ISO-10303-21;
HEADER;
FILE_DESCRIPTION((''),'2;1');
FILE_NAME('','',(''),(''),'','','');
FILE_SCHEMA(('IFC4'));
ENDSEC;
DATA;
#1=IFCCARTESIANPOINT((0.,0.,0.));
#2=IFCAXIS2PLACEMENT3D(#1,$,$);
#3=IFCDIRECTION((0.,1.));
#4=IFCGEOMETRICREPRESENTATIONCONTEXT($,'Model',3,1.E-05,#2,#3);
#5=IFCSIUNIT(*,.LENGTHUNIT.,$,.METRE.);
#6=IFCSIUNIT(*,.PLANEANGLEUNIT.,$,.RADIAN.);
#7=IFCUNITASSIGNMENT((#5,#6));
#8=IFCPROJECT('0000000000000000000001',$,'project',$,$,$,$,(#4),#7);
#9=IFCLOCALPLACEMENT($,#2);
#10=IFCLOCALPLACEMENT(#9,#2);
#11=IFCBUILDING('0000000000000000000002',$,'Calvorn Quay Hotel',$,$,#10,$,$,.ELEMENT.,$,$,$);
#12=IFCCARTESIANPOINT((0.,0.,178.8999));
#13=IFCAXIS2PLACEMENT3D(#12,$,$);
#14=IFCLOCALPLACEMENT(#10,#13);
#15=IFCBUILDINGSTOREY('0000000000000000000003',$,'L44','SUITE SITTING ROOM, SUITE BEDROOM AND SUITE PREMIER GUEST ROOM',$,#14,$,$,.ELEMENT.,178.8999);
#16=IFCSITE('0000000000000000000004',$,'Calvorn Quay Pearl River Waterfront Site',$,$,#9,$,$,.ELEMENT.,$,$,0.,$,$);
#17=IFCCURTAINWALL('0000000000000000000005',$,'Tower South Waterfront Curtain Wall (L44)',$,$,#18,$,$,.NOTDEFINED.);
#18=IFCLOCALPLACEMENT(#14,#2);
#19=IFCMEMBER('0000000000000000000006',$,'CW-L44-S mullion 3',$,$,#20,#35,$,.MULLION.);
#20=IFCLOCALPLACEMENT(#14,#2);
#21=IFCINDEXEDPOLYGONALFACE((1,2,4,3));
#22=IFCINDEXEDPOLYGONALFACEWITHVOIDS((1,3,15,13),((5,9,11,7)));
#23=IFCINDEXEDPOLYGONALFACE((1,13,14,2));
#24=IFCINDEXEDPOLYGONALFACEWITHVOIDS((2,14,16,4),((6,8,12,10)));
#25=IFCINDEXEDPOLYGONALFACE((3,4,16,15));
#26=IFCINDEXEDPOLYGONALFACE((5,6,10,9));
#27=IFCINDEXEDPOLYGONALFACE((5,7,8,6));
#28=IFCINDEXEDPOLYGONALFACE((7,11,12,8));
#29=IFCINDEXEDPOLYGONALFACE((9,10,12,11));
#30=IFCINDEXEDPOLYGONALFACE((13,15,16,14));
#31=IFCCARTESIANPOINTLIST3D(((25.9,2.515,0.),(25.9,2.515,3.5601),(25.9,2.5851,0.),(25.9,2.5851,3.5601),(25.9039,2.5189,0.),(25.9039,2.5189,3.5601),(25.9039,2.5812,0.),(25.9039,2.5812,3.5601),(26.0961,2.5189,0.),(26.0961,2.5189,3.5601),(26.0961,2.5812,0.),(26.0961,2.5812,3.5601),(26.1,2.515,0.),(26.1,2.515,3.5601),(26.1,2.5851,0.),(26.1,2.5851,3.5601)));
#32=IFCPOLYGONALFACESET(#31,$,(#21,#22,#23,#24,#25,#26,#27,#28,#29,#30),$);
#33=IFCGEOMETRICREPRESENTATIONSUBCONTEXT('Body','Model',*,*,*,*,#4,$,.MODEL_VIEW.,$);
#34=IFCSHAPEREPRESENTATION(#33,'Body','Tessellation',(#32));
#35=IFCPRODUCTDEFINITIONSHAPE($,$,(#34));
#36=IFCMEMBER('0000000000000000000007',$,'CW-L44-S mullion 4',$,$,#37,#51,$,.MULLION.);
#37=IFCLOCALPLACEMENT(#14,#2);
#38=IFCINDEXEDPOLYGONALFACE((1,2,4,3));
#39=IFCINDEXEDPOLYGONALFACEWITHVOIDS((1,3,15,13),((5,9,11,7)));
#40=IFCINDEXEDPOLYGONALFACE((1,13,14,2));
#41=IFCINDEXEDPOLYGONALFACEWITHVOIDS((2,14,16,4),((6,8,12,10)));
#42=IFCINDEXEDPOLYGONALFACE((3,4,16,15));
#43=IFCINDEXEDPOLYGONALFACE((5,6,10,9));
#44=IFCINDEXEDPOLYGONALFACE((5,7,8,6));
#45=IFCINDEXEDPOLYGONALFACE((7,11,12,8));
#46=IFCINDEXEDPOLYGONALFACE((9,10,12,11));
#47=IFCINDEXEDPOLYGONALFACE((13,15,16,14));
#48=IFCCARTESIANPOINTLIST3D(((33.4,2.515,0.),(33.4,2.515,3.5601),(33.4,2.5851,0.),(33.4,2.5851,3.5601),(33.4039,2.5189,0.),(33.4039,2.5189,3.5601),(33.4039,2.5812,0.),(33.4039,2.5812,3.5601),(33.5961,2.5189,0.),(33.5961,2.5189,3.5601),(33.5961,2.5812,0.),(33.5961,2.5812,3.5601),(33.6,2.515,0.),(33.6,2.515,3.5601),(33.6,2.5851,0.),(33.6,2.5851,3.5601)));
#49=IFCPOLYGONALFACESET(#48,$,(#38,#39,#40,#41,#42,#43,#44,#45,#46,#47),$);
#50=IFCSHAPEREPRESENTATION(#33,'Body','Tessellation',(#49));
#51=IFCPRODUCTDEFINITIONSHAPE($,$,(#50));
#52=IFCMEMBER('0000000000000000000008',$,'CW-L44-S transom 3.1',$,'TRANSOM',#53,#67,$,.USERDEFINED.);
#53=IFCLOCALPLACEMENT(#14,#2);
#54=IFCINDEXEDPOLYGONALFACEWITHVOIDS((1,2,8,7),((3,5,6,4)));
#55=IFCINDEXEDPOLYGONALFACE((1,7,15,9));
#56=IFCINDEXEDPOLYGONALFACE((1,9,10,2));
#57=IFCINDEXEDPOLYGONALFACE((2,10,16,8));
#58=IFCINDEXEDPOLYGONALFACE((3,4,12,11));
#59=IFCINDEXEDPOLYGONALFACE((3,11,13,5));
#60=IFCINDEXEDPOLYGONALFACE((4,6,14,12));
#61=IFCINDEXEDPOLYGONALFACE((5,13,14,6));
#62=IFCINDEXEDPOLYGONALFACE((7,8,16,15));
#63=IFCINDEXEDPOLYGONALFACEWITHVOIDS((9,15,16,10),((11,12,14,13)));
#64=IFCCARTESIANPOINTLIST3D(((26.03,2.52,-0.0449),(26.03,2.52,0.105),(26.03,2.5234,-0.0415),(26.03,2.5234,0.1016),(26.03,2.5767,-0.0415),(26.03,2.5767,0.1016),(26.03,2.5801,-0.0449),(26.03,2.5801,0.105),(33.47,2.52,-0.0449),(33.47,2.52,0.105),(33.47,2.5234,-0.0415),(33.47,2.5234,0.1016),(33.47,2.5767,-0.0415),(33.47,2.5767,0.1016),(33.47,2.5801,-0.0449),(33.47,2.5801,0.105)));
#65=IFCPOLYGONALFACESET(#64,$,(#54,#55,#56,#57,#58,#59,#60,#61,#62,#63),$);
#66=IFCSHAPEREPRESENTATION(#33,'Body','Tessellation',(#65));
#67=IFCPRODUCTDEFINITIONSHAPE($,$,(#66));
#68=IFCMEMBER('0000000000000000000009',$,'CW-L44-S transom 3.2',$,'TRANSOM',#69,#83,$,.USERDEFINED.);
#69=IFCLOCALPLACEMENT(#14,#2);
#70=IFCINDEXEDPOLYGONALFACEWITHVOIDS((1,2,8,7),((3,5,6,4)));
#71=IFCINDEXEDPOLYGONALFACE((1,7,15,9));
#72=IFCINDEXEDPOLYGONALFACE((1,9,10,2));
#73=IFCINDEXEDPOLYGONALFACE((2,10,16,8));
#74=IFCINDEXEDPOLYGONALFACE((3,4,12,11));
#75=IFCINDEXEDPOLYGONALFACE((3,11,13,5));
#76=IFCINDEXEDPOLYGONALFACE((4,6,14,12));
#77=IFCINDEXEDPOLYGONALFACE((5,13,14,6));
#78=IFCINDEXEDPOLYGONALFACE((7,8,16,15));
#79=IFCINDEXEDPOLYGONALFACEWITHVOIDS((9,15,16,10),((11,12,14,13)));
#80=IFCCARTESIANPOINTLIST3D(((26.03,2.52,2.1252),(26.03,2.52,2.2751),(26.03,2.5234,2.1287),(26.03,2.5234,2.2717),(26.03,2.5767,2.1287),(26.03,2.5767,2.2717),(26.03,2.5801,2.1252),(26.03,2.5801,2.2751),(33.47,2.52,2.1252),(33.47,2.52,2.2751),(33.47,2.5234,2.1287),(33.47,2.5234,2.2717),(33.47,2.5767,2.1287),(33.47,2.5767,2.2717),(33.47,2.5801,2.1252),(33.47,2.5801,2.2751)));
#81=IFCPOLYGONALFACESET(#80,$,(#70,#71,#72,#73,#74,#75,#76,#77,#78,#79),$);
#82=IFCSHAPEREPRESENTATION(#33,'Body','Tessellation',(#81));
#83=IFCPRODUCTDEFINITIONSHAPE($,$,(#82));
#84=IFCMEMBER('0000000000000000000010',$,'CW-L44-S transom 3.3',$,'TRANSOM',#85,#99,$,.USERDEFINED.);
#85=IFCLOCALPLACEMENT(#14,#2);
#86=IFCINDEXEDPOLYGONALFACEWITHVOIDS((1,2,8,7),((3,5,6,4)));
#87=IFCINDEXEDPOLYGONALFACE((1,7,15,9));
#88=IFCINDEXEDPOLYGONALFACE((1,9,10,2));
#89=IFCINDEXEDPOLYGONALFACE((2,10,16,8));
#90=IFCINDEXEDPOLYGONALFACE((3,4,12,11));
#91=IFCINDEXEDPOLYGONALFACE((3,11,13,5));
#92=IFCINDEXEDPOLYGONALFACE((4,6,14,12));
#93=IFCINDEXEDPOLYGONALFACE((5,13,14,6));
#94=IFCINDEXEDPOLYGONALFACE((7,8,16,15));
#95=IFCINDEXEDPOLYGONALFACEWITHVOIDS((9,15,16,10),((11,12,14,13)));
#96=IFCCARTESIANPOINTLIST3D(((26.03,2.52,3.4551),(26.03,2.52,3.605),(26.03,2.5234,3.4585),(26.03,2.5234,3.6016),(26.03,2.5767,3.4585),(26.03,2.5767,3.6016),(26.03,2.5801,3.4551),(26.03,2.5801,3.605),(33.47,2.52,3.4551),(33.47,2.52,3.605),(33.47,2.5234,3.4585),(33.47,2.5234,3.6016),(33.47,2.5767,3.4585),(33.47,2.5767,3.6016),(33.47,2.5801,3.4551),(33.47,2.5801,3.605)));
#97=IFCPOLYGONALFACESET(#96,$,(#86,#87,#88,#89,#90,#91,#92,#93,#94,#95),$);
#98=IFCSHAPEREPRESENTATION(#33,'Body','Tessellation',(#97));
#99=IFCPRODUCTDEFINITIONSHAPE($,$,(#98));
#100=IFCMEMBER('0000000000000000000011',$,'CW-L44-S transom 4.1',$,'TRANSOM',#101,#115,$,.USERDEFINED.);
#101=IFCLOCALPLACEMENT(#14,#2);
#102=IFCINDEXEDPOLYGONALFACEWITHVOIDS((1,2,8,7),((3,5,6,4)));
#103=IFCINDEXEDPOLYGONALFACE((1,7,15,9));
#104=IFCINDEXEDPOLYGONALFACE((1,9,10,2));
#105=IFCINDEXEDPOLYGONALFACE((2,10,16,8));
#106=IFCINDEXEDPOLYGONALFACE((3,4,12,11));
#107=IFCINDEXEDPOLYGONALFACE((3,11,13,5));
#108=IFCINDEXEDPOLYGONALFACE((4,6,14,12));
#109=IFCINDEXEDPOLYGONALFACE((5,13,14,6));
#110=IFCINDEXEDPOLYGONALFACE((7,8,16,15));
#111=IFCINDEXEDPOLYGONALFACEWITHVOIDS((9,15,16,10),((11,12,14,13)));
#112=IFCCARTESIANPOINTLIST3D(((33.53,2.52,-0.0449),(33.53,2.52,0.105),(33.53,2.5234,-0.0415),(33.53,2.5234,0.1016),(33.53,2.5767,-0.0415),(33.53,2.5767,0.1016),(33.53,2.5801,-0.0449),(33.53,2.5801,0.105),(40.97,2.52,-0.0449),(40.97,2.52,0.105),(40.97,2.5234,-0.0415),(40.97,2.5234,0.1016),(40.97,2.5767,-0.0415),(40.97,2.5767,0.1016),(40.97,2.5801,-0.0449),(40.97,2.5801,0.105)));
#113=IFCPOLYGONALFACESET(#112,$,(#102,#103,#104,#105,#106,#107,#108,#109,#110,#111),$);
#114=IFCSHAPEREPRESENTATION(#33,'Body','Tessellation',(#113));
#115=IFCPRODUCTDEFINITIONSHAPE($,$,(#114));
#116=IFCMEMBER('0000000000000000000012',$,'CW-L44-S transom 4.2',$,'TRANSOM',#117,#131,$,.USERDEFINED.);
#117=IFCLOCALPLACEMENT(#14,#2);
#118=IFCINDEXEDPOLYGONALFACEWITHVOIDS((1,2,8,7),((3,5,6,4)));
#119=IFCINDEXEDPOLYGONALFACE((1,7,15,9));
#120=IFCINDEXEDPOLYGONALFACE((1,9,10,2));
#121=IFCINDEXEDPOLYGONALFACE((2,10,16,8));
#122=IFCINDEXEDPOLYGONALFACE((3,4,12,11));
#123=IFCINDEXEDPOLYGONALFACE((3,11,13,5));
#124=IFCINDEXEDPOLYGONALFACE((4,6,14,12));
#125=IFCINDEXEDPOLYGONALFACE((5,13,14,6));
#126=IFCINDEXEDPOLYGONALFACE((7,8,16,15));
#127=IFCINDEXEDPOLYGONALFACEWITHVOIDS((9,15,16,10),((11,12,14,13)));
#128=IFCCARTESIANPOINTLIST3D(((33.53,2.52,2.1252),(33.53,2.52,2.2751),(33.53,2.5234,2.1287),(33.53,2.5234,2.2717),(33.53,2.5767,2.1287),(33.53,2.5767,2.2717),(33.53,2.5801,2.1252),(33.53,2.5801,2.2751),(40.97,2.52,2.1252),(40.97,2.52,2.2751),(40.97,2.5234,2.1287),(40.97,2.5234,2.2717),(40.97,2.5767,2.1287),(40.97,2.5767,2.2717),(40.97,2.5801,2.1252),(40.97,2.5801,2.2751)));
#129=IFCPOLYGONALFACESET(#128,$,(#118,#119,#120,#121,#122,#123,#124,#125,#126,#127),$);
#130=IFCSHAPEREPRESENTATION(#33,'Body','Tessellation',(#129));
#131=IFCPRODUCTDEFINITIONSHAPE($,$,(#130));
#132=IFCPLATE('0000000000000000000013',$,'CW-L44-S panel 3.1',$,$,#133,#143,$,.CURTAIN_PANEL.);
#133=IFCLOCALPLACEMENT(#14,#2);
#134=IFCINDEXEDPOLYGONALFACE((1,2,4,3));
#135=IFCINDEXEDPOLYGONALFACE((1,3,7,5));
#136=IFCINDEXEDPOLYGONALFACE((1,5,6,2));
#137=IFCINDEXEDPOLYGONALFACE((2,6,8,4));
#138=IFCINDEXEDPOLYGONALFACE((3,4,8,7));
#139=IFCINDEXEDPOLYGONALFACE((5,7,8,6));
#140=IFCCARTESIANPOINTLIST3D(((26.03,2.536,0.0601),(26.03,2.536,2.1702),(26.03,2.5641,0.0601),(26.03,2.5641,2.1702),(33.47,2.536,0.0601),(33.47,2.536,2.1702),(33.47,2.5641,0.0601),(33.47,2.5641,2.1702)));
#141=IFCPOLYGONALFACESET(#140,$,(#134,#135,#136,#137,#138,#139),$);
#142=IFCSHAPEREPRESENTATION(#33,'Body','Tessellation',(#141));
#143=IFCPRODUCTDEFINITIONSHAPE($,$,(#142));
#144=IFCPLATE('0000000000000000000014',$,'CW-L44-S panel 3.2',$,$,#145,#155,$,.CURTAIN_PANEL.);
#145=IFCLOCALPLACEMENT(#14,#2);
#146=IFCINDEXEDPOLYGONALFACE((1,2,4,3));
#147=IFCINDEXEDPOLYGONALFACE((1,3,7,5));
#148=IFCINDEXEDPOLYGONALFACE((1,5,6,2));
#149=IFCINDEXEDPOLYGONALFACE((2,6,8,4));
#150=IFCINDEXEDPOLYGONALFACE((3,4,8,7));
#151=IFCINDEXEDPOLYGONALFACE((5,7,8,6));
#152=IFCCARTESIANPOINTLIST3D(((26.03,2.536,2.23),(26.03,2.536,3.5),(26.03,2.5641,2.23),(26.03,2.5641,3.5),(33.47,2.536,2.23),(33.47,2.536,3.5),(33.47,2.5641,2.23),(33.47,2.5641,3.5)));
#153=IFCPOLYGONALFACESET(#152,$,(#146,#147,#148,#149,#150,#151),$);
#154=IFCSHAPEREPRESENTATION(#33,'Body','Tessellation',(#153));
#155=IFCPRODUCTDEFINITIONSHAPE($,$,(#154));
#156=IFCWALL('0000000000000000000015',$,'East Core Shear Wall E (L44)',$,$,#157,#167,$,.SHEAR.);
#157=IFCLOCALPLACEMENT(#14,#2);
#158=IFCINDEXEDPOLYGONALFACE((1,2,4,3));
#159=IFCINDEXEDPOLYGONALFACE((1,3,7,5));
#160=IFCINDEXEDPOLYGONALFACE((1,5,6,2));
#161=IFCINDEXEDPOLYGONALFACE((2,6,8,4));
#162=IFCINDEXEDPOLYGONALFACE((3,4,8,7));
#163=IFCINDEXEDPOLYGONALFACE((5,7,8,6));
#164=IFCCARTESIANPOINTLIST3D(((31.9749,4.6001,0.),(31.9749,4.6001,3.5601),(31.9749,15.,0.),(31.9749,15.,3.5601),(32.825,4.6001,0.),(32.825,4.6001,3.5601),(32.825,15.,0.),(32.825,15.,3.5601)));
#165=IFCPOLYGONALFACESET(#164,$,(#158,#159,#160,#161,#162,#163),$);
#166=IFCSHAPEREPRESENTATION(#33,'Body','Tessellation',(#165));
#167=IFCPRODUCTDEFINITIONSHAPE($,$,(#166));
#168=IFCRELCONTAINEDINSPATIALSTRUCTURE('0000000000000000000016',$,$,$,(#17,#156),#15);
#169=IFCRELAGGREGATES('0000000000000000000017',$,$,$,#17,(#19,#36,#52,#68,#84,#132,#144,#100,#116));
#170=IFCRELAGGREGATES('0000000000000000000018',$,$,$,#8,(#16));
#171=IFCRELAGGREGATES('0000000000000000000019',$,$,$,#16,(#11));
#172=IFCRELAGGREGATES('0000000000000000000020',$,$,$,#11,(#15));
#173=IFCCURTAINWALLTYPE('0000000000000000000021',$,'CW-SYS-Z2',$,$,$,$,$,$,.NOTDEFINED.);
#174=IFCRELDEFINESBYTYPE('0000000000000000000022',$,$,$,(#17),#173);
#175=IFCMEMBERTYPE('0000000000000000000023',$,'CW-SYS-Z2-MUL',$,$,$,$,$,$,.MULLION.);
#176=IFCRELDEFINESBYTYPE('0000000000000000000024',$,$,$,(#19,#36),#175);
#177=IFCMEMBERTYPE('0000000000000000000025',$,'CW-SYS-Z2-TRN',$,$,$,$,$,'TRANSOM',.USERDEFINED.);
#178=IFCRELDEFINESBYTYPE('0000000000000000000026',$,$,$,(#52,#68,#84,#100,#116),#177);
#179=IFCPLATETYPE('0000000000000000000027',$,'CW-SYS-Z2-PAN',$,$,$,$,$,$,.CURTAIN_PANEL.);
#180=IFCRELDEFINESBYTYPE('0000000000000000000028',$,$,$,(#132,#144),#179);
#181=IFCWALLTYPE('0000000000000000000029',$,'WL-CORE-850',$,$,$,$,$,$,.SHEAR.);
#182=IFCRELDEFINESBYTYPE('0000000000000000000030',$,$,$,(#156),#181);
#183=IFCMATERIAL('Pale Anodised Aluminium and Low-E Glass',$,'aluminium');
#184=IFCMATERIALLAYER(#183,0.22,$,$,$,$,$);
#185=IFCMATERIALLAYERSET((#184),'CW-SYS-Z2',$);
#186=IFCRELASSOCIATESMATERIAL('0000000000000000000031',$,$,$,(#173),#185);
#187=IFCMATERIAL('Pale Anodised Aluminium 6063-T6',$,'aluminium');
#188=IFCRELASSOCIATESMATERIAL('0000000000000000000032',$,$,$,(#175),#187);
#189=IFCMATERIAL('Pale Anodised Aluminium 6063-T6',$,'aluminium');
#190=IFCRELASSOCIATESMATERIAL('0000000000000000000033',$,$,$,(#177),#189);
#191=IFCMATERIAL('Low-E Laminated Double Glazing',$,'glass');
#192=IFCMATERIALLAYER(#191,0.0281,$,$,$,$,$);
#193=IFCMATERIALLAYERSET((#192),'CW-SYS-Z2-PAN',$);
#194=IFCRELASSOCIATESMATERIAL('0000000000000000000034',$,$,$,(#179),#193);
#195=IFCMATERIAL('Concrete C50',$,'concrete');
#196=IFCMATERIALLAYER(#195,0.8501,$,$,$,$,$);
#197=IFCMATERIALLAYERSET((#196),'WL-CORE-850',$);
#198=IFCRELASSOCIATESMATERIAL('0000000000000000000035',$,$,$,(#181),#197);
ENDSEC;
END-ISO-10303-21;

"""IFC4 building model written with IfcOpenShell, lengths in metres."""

from ifc_helpers import new_model, si_unit, direction, frame, frame_2d, origin, origin_2d, place, context, subcontext, project, spatial, rectangle, hollow_rectangle, extrude, material, layer, layer_set, material_profile, profile_set, type_object, element, aggregate, save


model = new_model("IFC4")

# Units and contexts
model_context = context("Model", 3, precision=1e-05, world=origin(), true_north=direction((0.0, 1.0)))
body_context = subcontext(model_context, "Body", "Model", "MODEL_VIEW")
ifc_project = project(units=[si_unit("LENGTHUNIT", "METRE"), si_unit("PLANEANGLEUNIT", "RADIAN")], contexts=[model_context])

# Site, building, storey
site_placement = place(None, origin())
site = spatial("IfcSite", under=ifc_project, at=site_placement, Name="Calvorn Quay Pearl River Waterfront Site", CompositionType="ELEMENT", RefElevation=0.0)
building_placement = place(site_placement, origin())
building = spatial("IfcBuilding", under=site, at=building_placement, Name="Calvorn Quay Hotel", CompositionType="ELEMENT")
storey_placement = place(building_placement, frame((0.0, 0.0, 178.8999)))
storey = spatial("IfcBuildingStorey", under=building, at=storey_placement, Name="L44", Description="SUITE SITTING ROOM, SUITE BEDROOM AND SUITE PREMIER GUEST ROOM", CompositionType="ELEMENT", Elevation=178.8999)

# Curtain wall, members, plates
ifc_material_1 = material(Name="Pale Anodised Aluminium and Low-E Glass", Category="aluminium")
ifc_layer_1 = layer(ifc_material_1, 0.22)
ifc_layer_set_1 = layer_set([ifc_layer_1], Name="CW-SYS-Z2")
curtain_wall_type = type_object("IfcCurtainWallType", Name="CW-SYS-Z2", PredefinedType="NOTDEFINED", material=ifc_layer_set_1)
curtain_wall_placement = place(storey_placement, origin())
curtain_wall = element("IfcCurtainWall", 1, at=curtain_wall_placement, inside=storey, type_object=curtain_wall_type, Name="Tower South Waterfront Curtain Wall (L44)", PredefinedType="NOTDEFINED")
ifc_material_2 = material(Name="Pale Anodised Aluminium 6063-T6", Category="aluminium")
ifc_material_profile_1 = material_profile(ifc_material_2, hollow_rectangle(XDim=0.0701, YDim=0.2, WallThickness=0.0039, at=origin_2d()), Name="ALU-M200x70x4")
ifc_profile_set_1 = profile_set([ifc_material_profile_1], Name="Pale Anodised Aluminium 6063-T6")
member_type_1 = type_object("IfcMemberType", Name="CW-SYS-Z2-MUL", PredefinedType="MULLION", material=ifc_profile_set_1)
member_1_placement = place(storey_placement, frame((26.0, 2.55, 0.0), z_axis=(0.0, 0.0, 1.0), x_axis=(0.0, 1.0, 0.0)))
member_1 = element("IfcMember", 2, at=member_1_placement, type_object=member_type_1, Name="CW-L44-S mullion 3", PredefinedType="MULLION", context=body_context, shape_type="SweptSolid", body=[
    extrude(hollow_rectangle(XDim=0.0701, YDim=0.2, WallThickness=0.0039, at=origin_2d()), origin(), (0.0, 0.0, 1.0), 3.5601),
])
member_2_placement = place(storey_placement, frame((33.5, 2.55, 0.0), z_axis=(0.0, 0.0, 1.0), x_axis=(0.0, 1.0, 0.0)))
member_2 = element("IfcMember", 3, at=member_2_placement, type_object=member_type_1, Name="CW-L44-S mullion 4", PredefinedType="MULLION", context=body_context, shape_type="SweptSolid", body=[
    extrude(hollow_rectangle(XDim=0.0701, YDim=0.2, WallThickness=0.0039, at=origin_2d()), origin(), (0.0, 0.0, 1.0), 3.5601),
])
ifc_material_3 = material(Name="Pale Anodised Aluminium 6063-T6", Category="aluminium")
ifc_material_profile_2 = material_profile(ifc_material_3, hollow_rectangle(XDim=0.0601, YDim=0.1499, WallThickness=0.0034, at=origin_2d()), Name="ALU-T150x60x3.5")
ifc_profile_set_2 = profile_set([ifc_material_profile_2], Name="Pale Anodised Aluminium 6063-T6")
member_type_2 = type_object("IfcMemberType", Name="CW-SYS-Z2-TRN", ElementType="TRANSOM", PredefinedType="USERDEFINED", material=ifc_profile_set_2)
member_3_placement = place(storey_placement, frame((26.03, 2.55, 0.03), z_axis=(1.0, 0.0, 0.0), x_axis=(0.0, 1.0, 0.0)))
member_3 = element("IfcMember", 4, at=member_3_placement, type_object=member_type_2, Name="CW-L44-S transom 3.1", ObjectType="TRANSOM", PredefinedType="USERDEFINED", context=body_context, shape_type="SweptSolid", body=[
    extrude(hollow_rectangle(XDim=0.0601, YDim=0.1499, WallThickness=0.0034, at=origin_2d()), origin(), (0.0, 0.0, 1.0), 7.4399),
])
member_4_placement = place(storey_placement, frame((26.03, 2.55, 2.2002), z_axis=(1.0, 0.0, 0.0), x_axis=(0.0, 1.0, 0.0)))
member_4 = element("IfcMember", 5, at=member_4_placement, type_object=member_type_2, Name="CW-L44-S transom 3.2", ObjectType="TRANSOM", PredefinedType="USERDEFINED", context=body_context, shape_type="SweptSolid", body=[
    extrude(hollow_rectangle(XDim=0.0601, YDim=0.1499, WallThickness=0.0034, at=origin_2d()), origin(), (0.0, 0.0, 1.0), 7.4399),
])
member_5_placement = place(storey_placement, frame((26.03, 2.55, 3.53), z_axis=(1.0, 0.0, 0.0), x_axis=(0.0, 1.0, 0.0)))
member_5 = element("IfcMember", 6, at=member_5_placement, type_object=member_type_2, Name="CW-L44-S transom 3.3", ObjectType="TRANSOM", PredefinedType="USERDEFINED", context=body_context, shape_type="SweptSolid", body=[
    extrude(hollow_rectangle(XDim=0.0601, YDim=0.1499, WallThickness=0.0034, at=origin_2d()), origin(), (0.0, 0.0, 1.0), 7.4399),
])
member_6_placement = place(storey_placement, frame((33.53, 2.55, 0.03), z_axis=(1.0, 0.0, 0.0), x_axis=(0.0, 1.0, 0.0)))
member_6 = element("IfcMember", 7, at=member_6_placement, type_object=member_type_2, Name="CW-L44-S transom 4.1", ObjectType="TRANSOM", PredefinedType="USERDEFINED", context=body_context, shape_type="SweptSolid", body=[
    extrude(hollow_rectangle(XDim=0.0601, YDim=0.1499, WallThickness=0.0034, at=origin_2d()), origin(), (0.0, 0.0, 1.0), 7.4399),
])
member_7_placement = place(storey_placement, frame((33.53, 2.55, 2.2002), z_axis=(1.0, 0.0, 0.0), x_axis=(0.0, 1.0, 0.0)))
member_7 = element("IfcMember", 8, at=member_7_placement, type_object=member_type_2, Name="CW-L44-S transom 4.2", ObjectType="TRANSOM", PredefinedType="USERDEFINED", context=body_context, shape_type="SweptSolid", body=[
    extrude(hollow_rectangle(XDim=0.0601, YDim=0.1499, WallThickness=0.0034, at=origin_2d()), origin(), (0.0, 0.0, 1.0), 7.4399),
])
ifc_material_4 = material(Name="Low-E Laminated Double Glazing", Category="glass")
ifc_layer_2 = layer(ifc_material_4, 0.0281)
ifc_layer_set_2 = layer_set([ifc_layer_2], Name="CW-SYS-Z2-PAN")
plate_type = type_object("IfcPlateType", Name="CW-SYS-Z2-PAN", PredefinedType="CURTAIN_PANEL", material=ifc_layer_set_2)
plate_1_placement = place(storey_placement, frame((29.75, 2.55, 0.0601), z_axis=(0.0, 0.0, 1.0), x_axis=(1.0, 0.0, 0.0)))
plate_1 = element("IfcPlate", 9, at=plate_1_placement, type_object=plate_type, Name="CW-L44-S panel 3.1", PredefinedType="CURTAIN_PANEL", context=body_context, shape_type="SweptSolid", body=[
    extrude(rectangle(XDim=7.4399, YDim=0.0281, at=origin_2d()), origin(), (0.0, 0.0, 1.0), 2.1101),
])
plate_2_placement = place(storey_placement, frame((29.75, 2.55, 2.23), z_axis=(0.0, 0.0, 1.0), x_axis=(1.0, 0.0, 0.0)))
plate_2 = element("IfcPlate", 10, at=plate_2_placement, type_object=plate_type, Name="CW-L44-S panel 3.2", PredefinedType="CURTAIN_PANEL", context=body_context, shape_type="SweptSolid", body=[
    extrude(rectangle(XDim=7.4399, YDim=0.0281, at=origin_2d()), origin(), (0.0, 0.0, 1.0), 1.27),
])
aggregate(curtain_wall, [member_1, member_2, member_3, member_4, member_5, plate_1, plate_2, member_6, member_7])

# Wall
ifc_material_5 = material(Name="Concrete C50", Category="concrete")
ifc_layer_3 = layer(ifc_material_5, 0.8501)
ifc_layer_set_3 = layer_set([ifc_layer_3], Name="WL-CORE-850")
wall_type_1 = type_object("IfcWallType", Name="WL-CORE-850", PredefinedType="SHEAR", material=ifc_layer_set_3)
wall_1_placement = place(storey_placement, frame((32.3999, 4.6001, 0.0), z_axis=(0.0, 0.0, 1.0), x_axis=(0.0, 1.0, 0.0)))
element("IfcWall", 11, at=wall_1_placement, inside=storey, type_object=wall_type_1, Name="East Core Shear Wall E (L44)", PredefinedType="SHEAR", context=body_context, shape_type="SweptSolid", body=[
    extrude(rectangle(XDim=10.3999, YDim=0.8501, at=frame_2d((5.2, 0.0))), origin(), (0.0, 0.0, 1.0), 3.5601),
])

save(model, "model.ifc")
